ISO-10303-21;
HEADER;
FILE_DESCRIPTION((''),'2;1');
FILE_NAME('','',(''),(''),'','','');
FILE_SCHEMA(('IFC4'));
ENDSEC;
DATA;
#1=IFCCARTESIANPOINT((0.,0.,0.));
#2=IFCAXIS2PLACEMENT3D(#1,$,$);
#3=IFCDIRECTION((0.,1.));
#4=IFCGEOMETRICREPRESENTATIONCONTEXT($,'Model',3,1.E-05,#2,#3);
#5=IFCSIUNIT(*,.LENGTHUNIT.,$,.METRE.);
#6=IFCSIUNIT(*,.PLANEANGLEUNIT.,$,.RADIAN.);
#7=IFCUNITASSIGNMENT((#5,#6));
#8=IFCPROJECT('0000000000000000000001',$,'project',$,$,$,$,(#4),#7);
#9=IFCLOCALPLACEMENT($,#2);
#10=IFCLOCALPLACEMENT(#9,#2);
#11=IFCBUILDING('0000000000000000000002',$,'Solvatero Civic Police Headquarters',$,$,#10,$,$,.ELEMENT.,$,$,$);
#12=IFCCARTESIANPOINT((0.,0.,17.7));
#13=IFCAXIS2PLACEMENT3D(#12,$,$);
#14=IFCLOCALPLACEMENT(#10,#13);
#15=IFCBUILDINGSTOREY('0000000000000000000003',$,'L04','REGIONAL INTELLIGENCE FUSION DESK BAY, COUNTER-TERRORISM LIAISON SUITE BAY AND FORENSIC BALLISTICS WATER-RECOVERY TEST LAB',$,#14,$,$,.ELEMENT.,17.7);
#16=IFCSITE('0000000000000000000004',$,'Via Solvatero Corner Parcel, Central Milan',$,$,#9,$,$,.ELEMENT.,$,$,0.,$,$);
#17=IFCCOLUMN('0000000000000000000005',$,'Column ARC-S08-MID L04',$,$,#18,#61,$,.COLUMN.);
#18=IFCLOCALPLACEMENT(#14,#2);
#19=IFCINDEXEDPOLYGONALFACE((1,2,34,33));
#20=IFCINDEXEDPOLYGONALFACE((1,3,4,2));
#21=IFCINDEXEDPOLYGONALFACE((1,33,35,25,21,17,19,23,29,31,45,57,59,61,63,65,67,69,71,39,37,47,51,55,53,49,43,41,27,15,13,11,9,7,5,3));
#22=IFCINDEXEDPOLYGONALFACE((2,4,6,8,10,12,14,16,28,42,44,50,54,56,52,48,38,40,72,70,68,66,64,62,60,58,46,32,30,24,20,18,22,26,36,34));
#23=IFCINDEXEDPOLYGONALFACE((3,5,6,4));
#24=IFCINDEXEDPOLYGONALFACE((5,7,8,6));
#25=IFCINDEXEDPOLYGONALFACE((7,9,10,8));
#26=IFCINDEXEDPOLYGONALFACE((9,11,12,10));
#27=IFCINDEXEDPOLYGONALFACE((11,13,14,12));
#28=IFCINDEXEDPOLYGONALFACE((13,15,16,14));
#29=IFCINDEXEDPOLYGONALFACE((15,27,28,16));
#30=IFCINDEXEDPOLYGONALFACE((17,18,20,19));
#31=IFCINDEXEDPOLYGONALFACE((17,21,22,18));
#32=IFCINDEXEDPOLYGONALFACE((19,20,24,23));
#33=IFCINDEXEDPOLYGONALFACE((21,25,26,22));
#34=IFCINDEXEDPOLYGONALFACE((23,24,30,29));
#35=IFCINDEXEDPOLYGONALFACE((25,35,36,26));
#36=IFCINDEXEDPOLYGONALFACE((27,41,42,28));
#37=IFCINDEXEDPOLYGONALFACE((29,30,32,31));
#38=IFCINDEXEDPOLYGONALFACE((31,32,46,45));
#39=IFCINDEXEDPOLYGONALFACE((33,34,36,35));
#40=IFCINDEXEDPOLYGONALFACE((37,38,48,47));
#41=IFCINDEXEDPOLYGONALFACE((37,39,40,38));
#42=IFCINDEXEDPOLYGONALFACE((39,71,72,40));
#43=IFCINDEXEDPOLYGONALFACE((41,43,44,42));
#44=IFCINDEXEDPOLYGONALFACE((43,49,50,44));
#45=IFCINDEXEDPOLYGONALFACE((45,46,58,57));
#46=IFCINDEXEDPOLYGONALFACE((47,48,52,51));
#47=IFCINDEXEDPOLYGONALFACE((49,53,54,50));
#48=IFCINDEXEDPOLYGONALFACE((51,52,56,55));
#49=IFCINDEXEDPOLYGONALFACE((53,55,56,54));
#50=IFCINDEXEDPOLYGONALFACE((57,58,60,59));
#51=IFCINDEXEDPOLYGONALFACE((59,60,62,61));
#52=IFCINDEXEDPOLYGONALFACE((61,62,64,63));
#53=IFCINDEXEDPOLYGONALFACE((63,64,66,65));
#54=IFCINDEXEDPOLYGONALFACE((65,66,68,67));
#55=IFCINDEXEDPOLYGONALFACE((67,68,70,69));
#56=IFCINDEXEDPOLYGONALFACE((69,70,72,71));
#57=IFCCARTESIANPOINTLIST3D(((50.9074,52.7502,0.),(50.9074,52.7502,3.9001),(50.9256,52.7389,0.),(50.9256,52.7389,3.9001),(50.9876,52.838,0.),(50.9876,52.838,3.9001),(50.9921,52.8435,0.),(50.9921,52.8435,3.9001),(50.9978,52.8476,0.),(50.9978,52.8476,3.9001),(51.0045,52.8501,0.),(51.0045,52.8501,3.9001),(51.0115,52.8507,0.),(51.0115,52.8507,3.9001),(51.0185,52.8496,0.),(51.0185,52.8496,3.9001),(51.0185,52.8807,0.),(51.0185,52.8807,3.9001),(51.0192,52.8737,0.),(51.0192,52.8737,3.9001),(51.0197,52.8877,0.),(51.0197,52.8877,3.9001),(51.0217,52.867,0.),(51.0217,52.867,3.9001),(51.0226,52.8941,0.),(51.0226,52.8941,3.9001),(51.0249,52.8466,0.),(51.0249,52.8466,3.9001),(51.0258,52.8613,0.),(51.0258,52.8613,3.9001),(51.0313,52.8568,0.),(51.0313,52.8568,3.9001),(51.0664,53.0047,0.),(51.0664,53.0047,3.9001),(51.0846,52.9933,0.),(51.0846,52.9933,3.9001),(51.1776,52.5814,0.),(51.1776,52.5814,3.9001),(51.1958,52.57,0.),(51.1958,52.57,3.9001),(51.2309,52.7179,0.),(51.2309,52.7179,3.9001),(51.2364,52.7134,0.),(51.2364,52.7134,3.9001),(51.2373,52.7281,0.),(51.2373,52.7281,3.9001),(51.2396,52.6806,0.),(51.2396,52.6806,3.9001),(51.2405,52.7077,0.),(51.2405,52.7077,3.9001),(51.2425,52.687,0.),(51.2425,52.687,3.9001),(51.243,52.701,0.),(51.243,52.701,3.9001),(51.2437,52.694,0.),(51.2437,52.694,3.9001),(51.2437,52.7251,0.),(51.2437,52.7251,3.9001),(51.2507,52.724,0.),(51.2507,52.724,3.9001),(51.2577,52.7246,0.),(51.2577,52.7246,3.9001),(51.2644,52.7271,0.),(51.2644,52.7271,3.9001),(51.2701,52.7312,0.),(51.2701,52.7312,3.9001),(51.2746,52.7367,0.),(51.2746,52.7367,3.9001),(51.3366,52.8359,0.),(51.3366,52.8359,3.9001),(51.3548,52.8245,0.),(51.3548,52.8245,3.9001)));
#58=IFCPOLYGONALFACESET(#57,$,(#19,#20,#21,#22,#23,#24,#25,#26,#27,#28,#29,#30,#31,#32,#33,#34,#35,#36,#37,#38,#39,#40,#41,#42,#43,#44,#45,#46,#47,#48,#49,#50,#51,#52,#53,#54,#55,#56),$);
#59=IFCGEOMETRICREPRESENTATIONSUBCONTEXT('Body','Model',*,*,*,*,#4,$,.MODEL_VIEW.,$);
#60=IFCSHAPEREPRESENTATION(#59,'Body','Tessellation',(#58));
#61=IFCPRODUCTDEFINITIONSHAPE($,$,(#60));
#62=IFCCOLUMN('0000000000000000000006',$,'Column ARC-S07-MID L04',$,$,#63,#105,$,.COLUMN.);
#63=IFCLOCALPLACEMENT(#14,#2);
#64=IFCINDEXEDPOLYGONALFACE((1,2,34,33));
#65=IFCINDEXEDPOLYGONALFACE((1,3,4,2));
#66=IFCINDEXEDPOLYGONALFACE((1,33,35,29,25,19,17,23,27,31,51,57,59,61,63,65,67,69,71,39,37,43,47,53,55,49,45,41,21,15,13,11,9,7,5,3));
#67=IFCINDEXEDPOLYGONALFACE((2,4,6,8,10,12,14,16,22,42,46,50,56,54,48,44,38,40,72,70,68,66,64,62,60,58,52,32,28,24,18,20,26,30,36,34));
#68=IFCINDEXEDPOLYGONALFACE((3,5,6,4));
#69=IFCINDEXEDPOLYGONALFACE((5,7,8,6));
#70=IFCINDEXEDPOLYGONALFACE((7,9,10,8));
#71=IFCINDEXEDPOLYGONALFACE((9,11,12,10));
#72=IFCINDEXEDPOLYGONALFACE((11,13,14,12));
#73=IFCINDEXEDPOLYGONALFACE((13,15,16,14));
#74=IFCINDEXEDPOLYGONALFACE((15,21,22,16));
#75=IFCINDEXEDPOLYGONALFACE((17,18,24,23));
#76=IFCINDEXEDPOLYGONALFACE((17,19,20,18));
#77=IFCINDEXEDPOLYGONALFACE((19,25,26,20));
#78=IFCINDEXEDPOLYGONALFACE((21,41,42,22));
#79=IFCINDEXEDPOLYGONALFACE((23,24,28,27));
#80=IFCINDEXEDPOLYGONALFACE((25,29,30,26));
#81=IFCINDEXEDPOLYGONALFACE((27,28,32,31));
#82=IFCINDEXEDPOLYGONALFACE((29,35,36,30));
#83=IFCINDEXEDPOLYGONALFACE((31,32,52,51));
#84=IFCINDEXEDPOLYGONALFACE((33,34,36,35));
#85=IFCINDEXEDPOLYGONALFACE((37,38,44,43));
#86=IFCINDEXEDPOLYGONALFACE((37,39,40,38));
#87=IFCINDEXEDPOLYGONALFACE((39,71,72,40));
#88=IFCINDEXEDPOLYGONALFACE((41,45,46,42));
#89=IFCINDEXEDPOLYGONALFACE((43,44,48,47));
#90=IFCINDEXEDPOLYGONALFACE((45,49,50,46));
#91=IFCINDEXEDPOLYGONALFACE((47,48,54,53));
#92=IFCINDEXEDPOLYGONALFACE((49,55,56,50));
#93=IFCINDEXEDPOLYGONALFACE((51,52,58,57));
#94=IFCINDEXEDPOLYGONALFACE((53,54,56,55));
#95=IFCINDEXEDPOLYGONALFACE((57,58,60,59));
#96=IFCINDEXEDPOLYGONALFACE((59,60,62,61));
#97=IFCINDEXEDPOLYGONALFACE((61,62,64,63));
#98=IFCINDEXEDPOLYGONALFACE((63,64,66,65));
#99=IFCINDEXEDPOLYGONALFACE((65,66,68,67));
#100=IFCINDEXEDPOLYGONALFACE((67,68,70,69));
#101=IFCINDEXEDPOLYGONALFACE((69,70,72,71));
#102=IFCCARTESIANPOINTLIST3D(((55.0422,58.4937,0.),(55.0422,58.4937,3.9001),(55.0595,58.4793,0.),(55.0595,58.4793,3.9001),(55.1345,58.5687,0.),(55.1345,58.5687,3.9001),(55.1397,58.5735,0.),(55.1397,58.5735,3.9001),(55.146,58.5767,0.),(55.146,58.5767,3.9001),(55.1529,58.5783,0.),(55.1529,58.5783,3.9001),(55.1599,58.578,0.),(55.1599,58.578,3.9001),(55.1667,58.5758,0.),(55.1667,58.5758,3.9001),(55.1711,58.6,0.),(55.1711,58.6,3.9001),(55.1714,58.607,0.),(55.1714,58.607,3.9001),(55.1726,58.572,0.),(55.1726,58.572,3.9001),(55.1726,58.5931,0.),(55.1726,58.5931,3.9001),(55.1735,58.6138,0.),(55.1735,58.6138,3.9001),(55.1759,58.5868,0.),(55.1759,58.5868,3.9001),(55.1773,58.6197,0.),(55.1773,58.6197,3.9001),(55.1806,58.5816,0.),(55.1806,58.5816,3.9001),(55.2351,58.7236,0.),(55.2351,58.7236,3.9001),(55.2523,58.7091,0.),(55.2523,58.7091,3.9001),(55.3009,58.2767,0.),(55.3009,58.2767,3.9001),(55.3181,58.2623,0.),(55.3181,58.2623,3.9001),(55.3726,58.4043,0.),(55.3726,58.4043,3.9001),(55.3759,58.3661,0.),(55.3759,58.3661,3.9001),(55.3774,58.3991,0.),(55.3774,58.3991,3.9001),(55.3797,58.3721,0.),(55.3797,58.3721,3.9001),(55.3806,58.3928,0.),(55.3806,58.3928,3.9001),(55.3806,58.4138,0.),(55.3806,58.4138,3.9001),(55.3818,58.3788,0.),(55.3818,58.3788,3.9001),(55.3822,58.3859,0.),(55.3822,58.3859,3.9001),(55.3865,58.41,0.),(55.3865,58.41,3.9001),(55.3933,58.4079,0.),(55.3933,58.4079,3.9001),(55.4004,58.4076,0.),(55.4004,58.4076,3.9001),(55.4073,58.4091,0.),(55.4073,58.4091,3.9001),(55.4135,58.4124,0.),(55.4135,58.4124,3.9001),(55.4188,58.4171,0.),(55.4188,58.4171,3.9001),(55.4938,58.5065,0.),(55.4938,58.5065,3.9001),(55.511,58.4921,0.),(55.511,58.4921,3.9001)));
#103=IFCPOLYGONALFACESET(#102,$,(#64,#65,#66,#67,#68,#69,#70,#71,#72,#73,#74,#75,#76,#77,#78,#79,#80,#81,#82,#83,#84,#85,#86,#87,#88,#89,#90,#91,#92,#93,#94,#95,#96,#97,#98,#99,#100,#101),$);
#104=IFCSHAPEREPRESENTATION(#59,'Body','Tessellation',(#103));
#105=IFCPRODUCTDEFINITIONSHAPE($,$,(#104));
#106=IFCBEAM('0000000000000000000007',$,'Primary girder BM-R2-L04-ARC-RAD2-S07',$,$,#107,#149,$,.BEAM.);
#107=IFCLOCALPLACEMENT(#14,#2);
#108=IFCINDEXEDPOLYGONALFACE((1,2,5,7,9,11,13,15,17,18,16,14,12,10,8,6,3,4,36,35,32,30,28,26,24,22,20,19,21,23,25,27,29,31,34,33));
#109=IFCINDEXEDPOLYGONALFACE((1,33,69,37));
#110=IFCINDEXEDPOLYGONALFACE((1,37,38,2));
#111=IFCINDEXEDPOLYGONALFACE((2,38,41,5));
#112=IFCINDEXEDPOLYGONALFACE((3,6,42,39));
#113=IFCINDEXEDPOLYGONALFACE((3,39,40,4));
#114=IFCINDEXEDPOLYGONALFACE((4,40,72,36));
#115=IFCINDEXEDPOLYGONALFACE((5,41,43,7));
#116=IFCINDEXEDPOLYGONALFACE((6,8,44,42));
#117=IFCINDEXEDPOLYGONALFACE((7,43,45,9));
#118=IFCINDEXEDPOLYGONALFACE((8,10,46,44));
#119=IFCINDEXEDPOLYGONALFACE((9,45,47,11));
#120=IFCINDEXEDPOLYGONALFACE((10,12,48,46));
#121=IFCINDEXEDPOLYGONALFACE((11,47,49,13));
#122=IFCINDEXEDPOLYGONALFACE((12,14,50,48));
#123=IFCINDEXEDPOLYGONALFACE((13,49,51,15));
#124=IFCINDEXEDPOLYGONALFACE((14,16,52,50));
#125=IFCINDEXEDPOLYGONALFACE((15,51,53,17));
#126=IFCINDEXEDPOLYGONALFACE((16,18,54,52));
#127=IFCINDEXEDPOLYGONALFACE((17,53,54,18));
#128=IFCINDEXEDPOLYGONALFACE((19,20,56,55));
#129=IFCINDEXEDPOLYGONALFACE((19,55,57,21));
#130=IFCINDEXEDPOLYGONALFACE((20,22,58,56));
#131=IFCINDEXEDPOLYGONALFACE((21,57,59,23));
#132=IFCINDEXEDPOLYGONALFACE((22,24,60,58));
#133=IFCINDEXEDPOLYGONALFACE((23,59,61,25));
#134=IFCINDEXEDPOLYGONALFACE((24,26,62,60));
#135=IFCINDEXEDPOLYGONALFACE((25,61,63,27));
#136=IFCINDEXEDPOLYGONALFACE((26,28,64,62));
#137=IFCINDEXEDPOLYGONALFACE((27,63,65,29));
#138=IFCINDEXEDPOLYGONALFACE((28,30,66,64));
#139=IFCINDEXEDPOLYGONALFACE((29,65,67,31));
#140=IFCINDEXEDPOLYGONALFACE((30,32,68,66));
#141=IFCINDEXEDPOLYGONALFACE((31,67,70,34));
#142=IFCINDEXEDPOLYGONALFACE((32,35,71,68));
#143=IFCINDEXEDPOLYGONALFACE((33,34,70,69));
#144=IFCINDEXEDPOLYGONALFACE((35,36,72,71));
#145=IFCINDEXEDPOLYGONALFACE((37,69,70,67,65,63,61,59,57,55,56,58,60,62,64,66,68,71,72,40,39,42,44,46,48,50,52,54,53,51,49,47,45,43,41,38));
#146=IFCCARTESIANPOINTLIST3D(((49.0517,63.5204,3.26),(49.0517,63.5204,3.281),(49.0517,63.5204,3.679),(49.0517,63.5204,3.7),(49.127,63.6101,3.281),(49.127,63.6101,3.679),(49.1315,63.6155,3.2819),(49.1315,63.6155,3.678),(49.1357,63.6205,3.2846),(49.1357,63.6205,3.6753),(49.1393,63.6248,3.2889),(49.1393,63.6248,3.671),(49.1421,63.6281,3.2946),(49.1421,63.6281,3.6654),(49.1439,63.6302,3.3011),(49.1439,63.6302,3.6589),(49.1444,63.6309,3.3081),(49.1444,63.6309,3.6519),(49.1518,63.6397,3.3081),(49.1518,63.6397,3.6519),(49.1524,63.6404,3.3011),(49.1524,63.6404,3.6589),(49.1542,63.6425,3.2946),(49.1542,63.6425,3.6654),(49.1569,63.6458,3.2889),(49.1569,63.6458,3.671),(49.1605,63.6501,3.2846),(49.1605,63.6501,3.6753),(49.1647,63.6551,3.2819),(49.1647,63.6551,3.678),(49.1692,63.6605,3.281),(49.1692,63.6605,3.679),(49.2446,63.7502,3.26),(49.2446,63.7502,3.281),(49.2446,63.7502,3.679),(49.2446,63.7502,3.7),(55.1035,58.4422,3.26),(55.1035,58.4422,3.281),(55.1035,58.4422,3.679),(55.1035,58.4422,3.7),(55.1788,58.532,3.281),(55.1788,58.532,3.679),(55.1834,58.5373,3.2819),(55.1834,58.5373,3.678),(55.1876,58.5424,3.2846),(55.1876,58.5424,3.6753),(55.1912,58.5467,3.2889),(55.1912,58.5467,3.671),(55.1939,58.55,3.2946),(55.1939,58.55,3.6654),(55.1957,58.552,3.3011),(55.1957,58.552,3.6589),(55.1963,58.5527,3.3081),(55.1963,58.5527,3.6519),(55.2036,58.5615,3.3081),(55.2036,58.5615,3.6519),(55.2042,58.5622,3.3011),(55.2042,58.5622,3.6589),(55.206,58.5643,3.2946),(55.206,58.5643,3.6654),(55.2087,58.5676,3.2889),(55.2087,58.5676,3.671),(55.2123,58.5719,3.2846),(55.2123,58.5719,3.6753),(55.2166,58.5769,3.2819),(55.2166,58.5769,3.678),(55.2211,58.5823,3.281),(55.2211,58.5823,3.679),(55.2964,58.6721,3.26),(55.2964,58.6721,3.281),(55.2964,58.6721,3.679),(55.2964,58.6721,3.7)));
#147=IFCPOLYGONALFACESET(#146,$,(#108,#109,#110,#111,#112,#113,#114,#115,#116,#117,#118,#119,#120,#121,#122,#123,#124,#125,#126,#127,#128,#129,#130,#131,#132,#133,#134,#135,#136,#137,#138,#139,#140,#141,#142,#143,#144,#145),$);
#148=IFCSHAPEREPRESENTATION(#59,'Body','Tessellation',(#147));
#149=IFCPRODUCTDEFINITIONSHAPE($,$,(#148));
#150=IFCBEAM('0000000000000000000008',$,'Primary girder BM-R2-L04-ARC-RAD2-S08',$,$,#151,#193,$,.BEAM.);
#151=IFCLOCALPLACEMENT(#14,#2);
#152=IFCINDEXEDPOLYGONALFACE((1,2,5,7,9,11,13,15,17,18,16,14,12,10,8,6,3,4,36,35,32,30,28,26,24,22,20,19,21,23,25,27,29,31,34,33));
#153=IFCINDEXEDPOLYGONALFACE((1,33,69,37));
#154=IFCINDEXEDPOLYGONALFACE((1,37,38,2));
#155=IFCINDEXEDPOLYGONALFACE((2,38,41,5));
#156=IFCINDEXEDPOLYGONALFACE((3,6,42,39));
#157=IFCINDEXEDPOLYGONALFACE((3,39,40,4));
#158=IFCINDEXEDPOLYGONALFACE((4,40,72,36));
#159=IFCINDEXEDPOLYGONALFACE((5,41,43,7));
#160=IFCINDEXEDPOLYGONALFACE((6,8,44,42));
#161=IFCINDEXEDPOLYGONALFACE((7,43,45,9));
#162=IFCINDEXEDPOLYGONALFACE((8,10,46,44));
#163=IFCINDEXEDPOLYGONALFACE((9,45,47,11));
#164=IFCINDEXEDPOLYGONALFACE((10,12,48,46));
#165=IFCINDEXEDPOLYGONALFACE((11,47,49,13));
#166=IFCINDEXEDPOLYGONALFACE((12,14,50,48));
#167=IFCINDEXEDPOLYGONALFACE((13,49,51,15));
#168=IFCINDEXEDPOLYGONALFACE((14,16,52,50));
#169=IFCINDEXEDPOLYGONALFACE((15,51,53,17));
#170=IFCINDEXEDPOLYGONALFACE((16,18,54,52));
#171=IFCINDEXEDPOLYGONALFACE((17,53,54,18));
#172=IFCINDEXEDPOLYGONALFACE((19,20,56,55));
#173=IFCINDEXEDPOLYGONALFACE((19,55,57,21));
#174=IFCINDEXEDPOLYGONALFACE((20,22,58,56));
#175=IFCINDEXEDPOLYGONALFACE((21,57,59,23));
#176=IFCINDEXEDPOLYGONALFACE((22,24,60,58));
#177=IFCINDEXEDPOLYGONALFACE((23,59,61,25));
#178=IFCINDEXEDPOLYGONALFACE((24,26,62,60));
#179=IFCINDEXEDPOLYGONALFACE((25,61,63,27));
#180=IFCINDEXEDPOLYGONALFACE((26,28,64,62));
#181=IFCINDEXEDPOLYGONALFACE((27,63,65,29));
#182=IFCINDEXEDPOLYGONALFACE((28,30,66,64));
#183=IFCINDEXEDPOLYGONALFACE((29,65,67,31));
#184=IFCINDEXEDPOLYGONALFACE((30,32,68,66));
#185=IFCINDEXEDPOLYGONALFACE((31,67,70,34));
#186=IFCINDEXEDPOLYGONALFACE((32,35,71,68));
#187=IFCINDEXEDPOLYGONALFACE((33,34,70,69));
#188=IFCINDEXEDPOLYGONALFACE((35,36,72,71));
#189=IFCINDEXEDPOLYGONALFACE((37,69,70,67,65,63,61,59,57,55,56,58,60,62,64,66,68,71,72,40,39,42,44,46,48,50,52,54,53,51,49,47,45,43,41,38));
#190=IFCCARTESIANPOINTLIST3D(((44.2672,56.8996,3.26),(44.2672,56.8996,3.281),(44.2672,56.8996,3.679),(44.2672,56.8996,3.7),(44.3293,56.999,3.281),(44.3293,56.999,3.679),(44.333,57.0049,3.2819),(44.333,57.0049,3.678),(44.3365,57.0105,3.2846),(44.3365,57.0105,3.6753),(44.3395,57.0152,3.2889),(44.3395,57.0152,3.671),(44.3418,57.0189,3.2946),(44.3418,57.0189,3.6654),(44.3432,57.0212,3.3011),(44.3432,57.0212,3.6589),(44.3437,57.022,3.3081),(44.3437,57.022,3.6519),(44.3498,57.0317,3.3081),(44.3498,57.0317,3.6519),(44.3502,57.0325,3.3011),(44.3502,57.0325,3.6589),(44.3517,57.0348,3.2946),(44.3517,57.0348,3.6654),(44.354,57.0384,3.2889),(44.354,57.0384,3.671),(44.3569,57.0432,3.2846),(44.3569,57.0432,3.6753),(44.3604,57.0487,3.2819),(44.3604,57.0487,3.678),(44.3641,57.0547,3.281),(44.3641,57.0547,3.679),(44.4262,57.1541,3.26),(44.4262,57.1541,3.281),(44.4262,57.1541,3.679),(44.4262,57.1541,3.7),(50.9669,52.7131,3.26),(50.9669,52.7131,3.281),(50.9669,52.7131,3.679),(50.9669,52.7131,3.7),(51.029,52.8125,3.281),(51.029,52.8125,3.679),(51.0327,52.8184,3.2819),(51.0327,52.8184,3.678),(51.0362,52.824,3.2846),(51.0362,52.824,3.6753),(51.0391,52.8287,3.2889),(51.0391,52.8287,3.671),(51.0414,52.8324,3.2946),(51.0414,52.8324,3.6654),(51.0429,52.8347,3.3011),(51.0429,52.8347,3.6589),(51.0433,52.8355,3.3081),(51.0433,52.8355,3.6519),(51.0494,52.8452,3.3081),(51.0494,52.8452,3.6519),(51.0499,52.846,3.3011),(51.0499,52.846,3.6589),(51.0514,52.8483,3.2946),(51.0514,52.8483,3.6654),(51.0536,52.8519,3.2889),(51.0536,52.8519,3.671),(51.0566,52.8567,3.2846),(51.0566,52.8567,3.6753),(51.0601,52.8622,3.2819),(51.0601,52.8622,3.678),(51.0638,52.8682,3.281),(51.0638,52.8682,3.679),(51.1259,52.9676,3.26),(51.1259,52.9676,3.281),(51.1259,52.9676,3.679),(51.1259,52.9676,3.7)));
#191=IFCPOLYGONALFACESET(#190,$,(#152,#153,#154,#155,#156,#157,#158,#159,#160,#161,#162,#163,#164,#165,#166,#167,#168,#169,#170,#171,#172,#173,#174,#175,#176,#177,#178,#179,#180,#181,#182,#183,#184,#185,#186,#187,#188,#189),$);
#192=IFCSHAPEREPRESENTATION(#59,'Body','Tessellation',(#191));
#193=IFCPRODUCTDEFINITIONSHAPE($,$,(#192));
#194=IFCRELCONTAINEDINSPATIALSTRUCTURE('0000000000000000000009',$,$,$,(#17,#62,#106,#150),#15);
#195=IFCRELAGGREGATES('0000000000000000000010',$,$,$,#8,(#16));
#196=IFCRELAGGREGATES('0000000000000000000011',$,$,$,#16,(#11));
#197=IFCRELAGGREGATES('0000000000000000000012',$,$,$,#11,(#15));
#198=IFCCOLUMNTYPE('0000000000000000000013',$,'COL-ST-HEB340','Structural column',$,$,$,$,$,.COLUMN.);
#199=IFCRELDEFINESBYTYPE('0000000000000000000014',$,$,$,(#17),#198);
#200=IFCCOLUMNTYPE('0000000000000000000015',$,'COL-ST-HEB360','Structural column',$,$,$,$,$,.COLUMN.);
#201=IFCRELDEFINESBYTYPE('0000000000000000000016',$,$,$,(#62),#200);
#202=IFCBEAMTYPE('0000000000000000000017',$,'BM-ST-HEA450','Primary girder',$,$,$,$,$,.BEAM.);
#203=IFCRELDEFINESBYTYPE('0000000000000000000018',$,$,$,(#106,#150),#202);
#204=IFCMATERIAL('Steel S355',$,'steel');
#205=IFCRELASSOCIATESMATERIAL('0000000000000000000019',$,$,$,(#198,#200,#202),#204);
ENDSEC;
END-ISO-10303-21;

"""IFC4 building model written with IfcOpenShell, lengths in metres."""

from ifc_helpers import new_model, si_unit, direction, frame, origin, origin_2d, place, context, subcontext, project, spatial, i_section, extrude, material, material_profile, profile_set, type_object, element, save


model = new_model("IFC4")

# Units and contexts
model_context = context("Model", 3, precision=1e-05, world=origin(), true_north=direction((0.0, 1.0)))
body_context = subcontext(model_context, "Body", "Model", "MODEL_VIEW")
ifc_project = project(units=[si_unit("LENGTHUNIT", "METRE"), si_unit("PLANEANGLEUNIT", "RADIAN")], contexts=[model_context])

# Site, building, storey
site_placement = place(None, origin())
site = spatial("IfcSite", under=ifc_project, at=site_placement, Name="Via Solvatero Corner Parcel, Central Milan", CompositionType="ELEMENT", RefElevation=0.0)
building_placement = place(site_placement, origin())
building = spatial("IfcBuilding", under=site, at=building_placement, Name="Solvatero Civic Police Headquarters", CompositionType="ELEMENT")
storey_placement = place(building_placement, frame((0.0, 0.0, 17.7)))
storey = spatial("IfcBuildingStorey", under=building, at=storey_placement, Name="L04", Description="REGIONAL INTELLIGENCE FUSION DESK BAY, COUNTER-TERRORISM LIAISON SUITE BAY AND FORENSIC BALLISTICS WATER-RECOVERY TEST LAB", CompositionType="ELEMENT", Elevation=17.7)

# Columns
ifc_material_1 = material(Name="Steel S355", Category="steel")
ifc_material_profile_1 = material_profile(ifc_material_1, i_section(OverallWidth=0.3, OverallDepth=0.3401, WebThickness=0.012, FlangeThickness=0.0215, FilletRadius=0.0271, at=origin_2d()), Name="HEB 340")
ifc_profile_set_1 = profile_set([ifc_material_profile_1], Name="Steel S355")
column_type_1 = type_object("IfcColumnType", Name="COL-ST-HEB340", Description="Structural column", PredefinedType="COLUMN", material=ifc_profile_set_1)
column_1_placement = place(storey_placement, frame((51.1311, 52.7874, 0.0), z_axis=(0.0, 0.0, 1.0), x_axis=(0.529919, 0.848048, 0.0)))
element("IfcColumn", 1, at=column_1_placement, inside=storey, type_object=column_type_1, Name="Column ARC-S08-MID L04", PredefinedType="COLUMN", context=body_context, shape_type="SweptSolid", body=[
    extrude(i_section(OverallWidth=0.3, OverallDepth=0.3401, WebThickness=0.012, FlangeThickness=0.0215, FilletRadius=0.0271, at=origin_2d()), origin(), (0.0, 0.0, 1.0), 3.9001),
])
ifc_material_profile_2 = material_profile(ifc_material_1, i_section(OverallWidth=0.3, OverallDepth=0.3601, WebThickness=0.0125, FlangeThickness=0.0225, FilletRadius=0.0271, at=origin_2d()), Name="HEB 360")
ifc_profile_set_2 = profile_set([ifc_material_profile_2], Name="Steel S355")
column_type_2 = type_object("IfcColumnType", Name="COL-ST-HEB360", Description="Structural column", PredefinedType="COLUMN", material=ifc_profile_set_2)
column_2_placement = place(storey_placement, frame((55.2766, 58.4929, 0.0), z_axis=(0.0, 0.0, 1.0), x_axis=(0.642788, 0.766044, 0.0)))
element("IfcColumn", 2, at=column_2_placement, inside=storey, type_object=column_type_2, Name="Column ARC-S07-MID L04", PredefinedType="COLUMN", context=body_context, shape_type="SweptSolid", body=[
    extrude(i_section(OverallWidth=0.3, OverallDepth=0.3601, WebThickness=0.0125, FlangeThickness=0.0225, FilletRadius=0.0271, at=origin_2d()), origin(), (0.0, 0.0, 1.0), 3.9001),
])

# Beams
ifc_material_profile_3 = material_profile(ifc_material_1, i_section(OverallWidth=0.3, OverallDepth=0.4399, WebThickness=0.0115, FlangeThickness=0.021, FilletRadius=0.0271, at=origin_2d()), Name="HEA 450")
ifc_profile_set_3 = profile_set([ifc_material_profile_3], Name="Steel S355")
beam_type_1 = type_object("IfcBeamType", Name="BM-ST-HEA450", Description="Primary girder", PredefinedType="BEAM", material=ifc_profile_set_3)
for number, where, z_axis, x_axis, name in (
    (3, (55.2, 58.5571, 3.48), (-0.766038, 0.642795, 0.0), (-0.642795, -0.766038, 0.0), "Primary girder BM-R2-L04-ARC-RAD2-S07"),
    (4, (51.0464, 52.8403, 3.48), (-0.848043, 0.529927, 0.0), (-0.529927, -0.848043, 0.0), "Primary girder BM-R2-L04-ARC-RAD2-S08"),
):
    element("IfcBeam", number, at=place(storey_placement, frame(where, z_axis=z_axis, x_axis=x_axis)), inside=storey, type_object=beam_type_1, Name=name, PredefinedType="BEAM", context=body_context, shape_type="SweptSolid", body=[
        extrude(i_section(OverallWidth=0.3, OverallDepth=0.4399, WebThickness=0.0115, FlangeThickness=0.021, FilletRadius=0.0271, at=origin_2d()), origin(), (0.0, 0.0, 1.0), 7.9001),
    ])

save(model, "model.ifc")
